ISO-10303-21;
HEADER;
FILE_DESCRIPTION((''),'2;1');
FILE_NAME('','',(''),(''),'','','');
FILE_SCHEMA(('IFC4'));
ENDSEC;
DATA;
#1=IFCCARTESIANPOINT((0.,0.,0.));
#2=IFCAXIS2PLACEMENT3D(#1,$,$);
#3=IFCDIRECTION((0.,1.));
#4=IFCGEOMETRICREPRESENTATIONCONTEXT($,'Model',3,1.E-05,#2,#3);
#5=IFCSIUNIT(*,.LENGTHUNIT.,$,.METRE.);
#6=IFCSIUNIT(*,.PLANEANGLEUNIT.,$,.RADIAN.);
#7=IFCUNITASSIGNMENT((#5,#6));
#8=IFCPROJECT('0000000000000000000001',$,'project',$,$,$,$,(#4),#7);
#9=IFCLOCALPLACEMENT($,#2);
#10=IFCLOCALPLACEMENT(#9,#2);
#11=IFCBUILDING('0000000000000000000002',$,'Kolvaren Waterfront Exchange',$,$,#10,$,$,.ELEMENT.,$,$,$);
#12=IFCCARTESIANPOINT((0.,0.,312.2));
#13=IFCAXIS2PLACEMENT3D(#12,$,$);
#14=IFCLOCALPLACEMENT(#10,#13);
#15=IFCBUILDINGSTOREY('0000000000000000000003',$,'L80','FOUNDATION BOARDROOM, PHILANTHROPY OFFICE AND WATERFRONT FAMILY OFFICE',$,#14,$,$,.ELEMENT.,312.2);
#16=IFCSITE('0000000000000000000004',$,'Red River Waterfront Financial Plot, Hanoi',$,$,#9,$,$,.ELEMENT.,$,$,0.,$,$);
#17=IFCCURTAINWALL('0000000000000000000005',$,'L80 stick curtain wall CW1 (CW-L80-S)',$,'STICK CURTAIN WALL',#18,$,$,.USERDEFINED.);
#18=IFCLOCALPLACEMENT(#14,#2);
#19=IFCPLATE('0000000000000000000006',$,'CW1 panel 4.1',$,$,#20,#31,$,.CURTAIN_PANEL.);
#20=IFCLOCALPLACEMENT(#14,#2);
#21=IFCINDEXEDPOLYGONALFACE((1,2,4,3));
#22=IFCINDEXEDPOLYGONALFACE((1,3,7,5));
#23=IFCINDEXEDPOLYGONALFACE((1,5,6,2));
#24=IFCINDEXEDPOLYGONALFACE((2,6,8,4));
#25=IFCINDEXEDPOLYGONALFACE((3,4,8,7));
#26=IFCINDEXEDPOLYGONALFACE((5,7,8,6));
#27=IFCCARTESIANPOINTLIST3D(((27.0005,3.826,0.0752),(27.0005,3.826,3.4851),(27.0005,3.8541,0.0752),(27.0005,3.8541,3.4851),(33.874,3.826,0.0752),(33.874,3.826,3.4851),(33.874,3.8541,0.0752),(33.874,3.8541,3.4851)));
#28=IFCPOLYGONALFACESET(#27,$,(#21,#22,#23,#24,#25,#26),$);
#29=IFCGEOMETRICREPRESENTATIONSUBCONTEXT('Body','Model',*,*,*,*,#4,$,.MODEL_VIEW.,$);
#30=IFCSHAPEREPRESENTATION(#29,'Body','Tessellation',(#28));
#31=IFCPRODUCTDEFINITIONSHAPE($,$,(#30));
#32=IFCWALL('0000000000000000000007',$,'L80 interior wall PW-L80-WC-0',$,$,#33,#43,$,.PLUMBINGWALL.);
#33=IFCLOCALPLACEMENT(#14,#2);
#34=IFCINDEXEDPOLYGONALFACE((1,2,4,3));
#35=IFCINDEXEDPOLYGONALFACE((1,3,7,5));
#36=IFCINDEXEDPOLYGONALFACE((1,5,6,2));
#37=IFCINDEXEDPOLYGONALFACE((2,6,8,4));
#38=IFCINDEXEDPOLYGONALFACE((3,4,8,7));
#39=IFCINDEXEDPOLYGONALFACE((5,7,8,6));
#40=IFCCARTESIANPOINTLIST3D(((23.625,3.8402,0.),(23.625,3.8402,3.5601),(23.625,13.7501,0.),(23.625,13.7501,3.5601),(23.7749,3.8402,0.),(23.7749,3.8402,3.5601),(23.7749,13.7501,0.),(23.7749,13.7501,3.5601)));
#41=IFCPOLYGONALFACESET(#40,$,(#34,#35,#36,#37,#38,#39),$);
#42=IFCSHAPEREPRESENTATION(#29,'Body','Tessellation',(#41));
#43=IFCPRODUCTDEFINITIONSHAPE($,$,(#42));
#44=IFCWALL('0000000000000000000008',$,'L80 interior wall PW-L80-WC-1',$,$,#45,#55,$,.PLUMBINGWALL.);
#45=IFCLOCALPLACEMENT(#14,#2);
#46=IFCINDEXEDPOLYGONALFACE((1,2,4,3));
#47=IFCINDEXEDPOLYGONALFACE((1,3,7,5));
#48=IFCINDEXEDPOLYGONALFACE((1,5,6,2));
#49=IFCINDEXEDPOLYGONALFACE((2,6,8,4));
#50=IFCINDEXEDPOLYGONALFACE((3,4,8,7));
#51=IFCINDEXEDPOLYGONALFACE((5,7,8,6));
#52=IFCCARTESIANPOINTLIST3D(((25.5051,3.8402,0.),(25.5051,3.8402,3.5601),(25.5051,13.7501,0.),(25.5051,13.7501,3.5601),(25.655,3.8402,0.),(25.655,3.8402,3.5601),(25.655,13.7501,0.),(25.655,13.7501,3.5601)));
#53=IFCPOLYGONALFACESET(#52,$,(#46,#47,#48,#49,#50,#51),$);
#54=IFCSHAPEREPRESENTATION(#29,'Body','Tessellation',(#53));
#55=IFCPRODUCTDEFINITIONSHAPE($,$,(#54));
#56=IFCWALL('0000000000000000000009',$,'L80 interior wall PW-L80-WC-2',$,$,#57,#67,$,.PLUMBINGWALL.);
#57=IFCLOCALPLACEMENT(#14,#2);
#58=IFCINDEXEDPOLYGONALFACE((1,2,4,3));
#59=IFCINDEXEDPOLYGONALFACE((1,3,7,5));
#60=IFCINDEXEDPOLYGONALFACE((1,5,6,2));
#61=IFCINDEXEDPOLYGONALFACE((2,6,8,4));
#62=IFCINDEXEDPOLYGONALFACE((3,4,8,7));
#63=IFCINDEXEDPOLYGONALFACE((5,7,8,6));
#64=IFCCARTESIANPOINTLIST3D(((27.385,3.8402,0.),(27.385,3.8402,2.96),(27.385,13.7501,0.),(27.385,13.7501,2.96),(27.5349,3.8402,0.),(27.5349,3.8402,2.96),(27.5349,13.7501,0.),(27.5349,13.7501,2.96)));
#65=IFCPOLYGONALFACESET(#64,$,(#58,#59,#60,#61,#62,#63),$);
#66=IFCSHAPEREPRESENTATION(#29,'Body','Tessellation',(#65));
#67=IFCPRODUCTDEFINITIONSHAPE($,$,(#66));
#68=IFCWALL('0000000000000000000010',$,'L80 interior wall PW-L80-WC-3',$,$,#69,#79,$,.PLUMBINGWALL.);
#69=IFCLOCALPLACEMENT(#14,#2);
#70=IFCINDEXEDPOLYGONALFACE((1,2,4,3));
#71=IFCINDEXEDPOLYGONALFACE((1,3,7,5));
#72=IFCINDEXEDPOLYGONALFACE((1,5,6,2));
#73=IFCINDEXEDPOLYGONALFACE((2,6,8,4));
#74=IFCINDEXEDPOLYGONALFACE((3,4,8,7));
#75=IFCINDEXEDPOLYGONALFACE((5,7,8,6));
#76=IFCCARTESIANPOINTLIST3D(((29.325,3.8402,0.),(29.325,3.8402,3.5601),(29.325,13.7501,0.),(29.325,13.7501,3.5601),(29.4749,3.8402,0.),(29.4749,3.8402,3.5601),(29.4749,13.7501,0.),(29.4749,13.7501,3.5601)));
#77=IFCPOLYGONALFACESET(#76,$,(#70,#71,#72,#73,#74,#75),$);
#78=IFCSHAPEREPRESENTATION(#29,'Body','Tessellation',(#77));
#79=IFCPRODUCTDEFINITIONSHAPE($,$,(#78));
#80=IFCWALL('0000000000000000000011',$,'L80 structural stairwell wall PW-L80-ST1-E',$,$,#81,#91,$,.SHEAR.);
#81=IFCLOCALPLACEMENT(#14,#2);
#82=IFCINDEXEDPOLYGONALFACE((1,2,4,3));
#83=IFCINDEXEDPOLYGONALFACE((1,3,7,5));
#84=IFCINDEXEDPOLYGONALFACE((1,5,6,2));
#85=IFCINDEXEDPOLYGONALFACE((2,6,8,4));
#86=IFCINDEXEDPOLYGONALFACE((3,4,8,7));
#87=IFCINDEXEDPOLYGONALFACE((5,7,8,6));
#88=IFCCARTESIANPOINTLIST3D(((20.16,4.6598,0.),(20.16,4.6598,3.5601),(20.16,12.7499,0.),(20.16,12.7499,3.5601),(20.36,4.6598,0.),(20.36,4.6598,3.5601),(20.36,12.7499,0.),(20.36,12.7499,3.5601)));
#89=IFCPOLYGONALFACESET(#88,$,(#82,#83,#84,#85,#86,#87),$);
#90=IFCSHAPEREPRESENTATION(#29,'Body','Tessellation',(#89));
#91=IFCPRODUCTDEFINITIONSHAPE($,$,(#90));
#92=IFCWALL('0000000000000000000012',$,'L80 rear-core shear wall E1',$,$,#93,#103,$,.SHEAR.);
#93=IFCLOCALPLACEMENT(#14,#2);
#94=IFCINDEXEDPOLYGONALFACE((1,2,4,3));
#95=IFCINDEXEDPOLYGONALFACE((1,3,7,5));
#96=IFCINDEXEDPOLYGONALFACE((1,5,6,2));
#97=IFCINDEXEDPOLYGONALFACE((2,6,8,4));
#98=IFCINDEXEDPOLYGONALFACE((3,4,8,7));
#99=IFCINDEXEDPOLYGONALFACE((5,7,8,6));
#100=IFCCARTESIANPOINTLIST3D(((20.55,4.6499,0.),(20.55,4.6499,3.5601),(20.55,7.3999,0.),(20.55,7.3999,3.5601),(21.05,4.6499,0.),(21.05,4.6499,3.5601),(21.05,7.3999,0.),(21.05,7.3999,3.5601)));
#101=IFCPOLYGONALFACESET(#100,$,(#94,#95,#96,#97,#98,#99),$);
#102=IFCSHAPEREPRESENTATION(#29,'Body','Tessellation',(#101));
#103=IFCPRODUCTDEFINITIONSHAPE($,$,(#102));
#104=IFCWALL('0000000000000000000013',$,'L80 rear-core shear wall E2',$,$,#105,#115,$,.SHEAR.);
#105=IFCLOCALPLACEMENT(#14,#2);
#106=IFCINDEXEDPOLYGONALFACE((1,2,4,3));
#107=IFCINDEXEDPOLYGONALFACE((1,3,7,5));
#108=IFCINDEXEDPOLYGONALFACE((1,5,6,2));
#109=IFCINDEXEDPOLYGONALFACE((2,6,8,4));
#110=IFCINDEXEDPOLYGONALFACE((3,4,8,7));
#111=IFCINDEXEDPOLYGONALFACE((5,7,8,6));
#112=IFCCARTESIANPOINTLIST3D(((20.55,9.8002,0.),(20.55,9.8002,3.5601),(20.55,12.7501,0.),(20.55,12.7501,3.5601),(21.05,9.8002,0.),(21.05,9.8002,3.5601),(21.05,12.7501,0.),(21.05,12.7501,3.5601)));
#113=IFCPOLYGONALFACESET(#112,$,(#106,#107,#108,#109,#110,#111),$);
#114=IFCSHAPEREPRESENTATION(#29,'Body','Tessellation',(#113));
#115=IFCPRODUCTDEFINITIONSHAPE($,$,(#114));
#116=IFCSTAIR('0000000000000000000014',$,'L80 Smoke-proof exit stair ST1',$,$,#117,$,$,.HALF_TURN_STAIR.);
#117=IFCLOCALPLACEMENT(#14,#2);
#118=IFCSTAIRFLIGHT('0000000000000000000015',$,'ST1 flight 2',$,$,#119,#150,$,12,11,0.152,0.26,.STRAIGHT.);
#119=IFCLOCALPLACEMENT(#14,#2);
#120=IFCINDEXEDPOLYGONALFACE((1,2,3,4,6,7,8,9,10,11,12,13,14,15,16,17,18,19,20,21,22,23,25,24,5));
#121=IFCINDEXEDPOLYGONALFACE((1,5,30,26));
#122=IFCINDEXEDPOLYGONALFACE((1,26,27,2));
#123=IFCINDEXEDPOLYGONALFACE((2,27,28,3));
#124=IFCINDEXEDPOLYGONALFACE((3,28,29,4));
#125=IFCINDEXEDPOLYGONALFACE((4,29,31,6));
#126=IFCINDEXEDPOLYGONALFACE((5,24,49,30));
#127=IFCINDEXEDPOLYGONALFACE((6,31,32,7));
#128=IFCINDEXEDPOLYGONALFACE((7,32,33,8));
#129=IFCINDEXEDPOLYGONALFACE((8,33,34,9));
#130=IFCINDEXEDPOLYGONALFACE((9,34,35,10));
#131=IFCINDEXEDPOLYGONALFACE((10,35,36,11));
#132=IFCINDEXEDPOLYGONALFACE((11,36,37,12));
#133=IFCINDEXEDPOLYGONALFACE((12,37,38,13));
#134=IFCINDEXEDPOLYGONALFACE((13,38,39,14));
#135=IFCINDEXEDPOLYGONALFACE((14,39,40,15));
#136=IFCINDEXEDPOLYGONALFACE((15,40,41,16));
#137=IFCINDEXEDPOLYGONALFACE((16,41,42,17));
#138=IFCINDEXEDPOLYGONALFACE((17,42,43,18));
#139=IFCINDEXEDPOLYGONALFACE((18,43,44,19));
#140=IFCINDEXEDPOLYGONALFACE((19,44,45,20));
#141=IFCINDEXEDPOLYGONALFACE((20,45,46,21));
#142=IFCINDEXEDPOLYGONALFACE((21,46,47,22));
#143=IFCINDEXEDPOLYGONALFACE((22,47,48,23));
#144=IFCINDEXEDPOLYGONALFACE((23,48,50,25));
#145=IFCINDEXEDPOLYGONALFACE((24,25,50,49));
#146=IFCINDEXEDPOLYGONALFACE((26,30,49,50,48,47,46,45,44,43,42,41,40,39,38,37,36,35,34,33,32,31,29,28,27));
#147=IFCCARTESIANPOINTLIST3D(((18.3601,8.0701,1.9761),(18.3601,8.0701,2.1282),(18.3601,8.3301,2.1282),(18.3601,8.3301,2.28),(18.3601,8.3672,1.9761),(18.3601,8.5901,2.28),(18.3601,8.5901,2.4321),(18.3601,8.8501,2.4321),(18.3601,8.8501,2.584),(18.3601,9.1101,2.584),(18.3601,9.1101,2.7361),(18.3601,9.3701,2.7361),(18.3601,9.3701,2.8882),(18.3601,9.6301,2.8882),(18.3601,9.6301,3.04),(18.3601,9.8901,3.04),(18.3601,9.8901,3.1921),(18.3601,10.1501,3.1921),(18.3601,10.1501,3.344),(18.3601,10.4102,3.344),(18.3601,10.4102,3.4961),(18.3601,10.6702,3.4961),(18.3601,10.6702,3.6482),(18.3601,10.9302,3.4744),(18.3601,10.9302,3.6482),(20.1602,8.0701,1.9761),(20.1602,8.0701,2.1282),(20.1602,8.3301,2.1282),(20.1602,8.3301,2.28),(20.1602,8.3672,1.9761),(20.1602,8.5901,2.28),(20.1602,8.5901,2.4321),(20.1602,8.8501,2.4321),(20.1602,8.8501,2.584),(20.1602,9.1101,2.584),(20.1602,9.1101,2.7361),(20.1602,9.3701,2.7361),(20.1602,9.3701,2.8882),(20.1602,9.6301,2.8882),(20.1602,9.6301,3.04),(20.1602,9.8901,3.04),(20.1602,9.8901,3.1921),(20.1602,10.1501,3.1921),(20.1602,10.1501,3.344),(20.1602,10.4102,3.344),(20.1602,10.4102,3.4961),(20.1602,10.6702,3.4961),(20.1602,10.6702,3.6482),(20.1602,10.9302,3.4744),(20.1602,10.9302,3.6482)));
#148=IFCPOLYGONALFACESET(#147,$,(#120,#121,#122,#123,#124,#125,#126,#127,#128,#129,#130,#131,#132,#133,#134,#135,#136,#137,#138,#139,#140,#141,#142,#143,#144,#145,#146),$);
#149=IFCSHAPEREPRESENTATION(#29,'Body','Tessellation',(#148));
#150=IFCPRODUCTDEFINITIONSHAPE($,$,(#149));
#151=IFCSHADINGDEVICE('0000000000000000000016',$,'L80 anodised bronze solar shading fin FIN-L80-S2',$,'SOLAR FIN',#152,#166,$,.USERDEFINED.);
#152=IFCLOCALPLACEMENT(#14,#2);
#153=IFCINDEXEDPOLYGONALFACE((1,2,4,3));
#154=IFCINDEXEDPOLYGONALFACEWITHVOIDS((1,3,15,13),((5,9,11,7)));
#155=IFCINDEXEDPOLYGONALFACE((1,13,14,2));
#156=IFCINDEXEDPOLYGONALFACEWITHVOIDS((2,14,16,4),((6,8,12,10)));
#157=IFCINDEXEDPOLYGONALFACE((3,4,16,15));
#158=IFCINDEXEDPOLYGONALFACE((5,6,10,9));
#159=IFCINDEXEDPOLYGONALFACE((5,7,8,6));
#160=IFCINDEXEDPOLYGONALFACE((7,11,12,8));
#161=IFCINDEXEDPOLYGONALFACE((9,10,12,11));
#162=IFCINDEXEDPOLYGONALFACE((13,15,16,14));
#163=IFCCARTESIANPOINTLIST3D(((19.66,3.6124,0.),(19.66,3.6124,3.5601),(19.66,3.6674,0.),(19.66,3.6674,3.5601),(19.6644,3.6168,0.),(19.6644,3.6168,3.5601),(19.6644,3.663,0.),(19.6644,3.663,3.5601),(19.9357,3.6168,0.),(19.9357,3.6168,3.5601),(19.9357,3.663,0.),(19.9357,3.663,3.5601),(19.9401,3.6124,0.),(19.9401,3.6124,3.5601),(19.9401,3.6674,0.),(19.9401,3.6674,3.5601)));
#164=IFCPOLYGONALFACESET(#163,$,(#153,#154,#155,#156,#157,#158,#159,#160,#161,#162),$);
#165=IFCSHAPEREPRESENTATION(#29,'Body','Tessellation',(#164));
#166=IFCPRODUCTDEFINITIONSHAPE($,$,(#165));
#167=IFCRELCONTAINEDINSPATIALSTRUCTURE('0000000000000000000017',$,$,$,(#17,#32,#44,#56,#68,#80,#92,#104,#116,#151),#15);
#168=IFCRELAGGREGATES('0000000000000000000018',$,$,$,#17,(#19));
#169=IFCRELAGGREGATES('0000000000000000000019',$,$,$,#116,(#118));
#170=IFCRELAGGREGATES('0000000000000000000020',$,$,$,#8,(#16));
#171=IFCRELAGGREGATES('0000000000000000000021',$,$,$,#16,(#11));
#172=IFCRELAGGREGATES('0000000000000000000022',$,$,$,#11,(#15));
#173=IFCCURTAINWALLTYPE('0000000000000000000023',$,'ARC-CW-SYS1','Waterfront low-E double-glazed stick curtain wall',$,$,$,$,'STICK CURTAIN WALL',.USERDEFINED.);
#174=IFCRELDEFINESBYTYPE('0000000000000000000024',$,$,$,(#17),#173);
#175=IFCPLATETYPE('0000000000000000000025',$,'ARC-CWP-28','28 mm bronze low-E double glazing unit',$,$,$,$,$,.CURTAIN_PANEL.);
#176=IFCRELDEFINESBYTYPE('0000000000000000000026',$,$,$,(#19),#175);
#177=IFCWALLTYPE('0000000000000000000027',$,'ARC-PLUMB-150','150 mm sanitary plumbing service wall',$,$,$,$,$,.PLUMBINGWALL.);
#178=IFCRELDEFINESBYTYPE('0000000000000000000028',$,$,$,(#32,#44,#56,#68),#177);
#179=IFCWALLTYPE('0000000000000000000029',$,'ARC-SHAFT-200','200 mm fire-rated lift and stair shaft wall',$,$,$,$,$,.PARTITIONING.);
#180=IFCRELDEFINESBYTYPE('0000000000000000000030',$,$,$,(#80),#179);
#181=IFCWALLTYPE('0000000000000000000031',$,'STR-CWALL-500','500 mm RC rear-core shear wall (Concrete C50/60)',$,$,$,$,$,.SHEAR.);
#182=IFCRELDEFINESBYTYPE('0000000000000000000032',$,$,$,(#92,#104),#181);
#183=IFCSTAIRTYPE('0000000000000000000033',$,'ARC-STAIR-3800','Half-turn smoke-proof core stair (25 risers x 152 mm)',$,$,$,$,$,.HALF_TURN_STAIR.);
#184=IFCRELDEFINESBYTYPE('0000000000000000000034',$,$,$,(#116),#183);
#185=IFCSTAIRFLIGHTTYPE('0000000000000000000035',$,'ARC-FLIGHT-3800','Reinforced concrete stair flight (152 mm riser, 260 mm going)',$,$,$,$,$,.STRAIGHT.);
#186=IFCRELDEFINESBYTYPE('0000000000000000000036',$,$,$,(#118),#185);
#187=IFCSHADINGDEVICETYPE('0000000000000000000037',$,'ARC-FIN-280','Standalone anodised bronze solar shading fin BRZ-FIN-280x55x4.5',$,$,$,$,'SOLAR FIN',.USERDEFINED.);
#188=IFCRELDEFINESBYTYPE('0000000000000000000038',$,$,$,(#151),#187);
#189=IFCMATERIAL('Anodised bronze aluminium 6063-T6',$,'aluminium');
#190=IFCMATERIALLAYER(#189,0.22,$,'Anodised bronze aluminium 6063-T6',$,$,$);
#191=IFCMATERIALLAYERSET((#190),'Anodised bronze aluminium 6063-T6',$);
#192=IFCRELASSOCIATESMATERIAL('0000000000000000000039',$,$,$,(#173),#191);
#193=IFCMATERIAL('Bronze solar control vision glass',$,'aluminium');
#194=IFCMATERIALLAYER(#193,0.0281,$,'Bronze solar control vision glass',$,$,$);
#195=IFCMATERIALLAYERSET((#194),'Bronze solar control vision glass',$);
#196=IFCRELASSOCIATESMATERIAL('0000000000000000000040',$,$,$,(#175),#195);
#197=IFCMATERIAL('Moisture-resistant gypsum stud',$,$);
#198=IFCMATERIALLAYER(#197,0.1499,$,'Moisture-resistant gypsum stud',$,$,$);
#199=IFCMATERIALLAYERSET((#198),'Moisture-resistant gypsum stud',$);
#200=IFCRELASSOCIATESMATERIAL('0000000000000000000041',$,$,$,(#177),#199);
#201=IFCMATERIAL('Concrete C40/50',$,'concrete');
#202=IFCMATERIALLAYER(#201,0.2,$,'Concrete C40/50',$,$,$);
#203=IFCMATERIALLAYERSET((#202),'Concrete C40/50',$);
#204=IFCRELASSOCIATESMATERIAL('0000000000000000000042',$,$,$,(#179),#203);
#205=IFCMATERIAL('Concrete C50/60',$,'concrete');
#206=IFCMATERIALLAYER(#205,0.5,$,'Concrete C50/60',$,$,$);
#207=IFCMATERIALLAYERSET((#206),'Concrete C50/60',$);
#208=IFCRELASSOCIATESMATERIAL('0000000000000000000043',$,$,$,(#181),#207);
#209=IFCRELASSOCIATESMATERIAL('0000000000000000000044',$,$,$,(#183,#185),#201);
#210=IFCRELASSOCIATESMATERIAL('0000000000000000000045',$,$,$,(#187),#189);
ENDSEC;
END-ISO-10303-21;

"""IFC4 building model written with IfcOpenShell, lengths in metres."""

from ifc_helpers import new_model, si_unit, direction, frame, frame_2d, origin, origin_with_axes, origin_2d, place, context, subcontext, project, spatial, polyline, rectangle, hollow_rectangle, outline, extrude, source, transform, mapped, material, layer, layer_set, material_profile, profile_set, type_object, element, aggregate, save


model = new_model("IFC4")

# Units and contexts
model_context = context("Model", 3, precision=1e-05, world=origin(), true_north=direction((0.0, 1.0)))
body_context = subcontext(model_context, "Body", "Model", "MODEL_VIEW")
ifc_project = project(units=[si_unit("LENGTHUNIT", "METRE"), si_unit("PLANEANGLEUNIT", "RADIAN")], contexts=[model_context])

# Site, building, storey
site_placement = place(None, origin())
site = spatial("IfcSite", under=ifc_project, at=site_placement, Name="Red River Waterfront Financial Plot, Hanoi", CompositionType="ELEMENT", RefElevation=0.0)
building_placement = place(site_placement, origin())
building = spatial("IfcBuilding", under=site, at=building_placement, Name="Kolvaren Waterfront Exchange", CompositionType="ELEMENT")
storey_placement = place(building_placement, frame((0.0, 0.0, 312.2)))
storey = spatial("IfcBuildingStorey", under=building, at=storey_placement, Name="L80", Description="FOUNDATION BOARDROOM, PHILANTHROPY OFFICE AND WATERFRONT FAMILY OFFICE", CompositionType="ELEMENT", Elevation=312.2)

# Shared definitions
ifc_material_1 = material(Name="Concrete C50/60", Category="concrete")

# Shared definitions
ifc_material_2 = material(Name="Anodised bronze aluminium 6063-T6", Category="aluminium")

# Curtain wall
ifc_layer_1 = layer(ifc_material_2, 0.22, Name="Anodised bronze aluminium 6063-T6")
ifc_layer_set_1 = layer_set([ifc_layer_1], Name="Anodised bronze aluminium 6063-T6")
curtain_wall_type_1 = type_object("IfcCurtainWallType", Name="ARC-CW-SYS1", Description="Waterfront low-E double-glazed stick curtain wall", ElementType="STICK CURTAIN WALL", PredefinedType="USERDEFINED", material=ifc_layer_set_1)
curtain_wall_1_placement = place(storey_placement, origin())
curtain_wall_1 = element("IfcCurtainWall", 1, at=curtain_wall_1_placement, inside=storey, type_object=curtain_wall_type_1, Name="L80 stick curtain wall CW1 (CW-L80-S)", ObjectType="STICK CURTAIN WALL", PredefinedType="USERDEFINED")

# Plate
ifc_material_3 = material(Name="Bronze solar control vision glass", Category="aluminium")
ifc_layer_2 = layer(ifc_material_3, 0.0281, Name="Bronze solar control vision glass")
ifc_layer_set_2 = layer_set([ifc_layer_2], Name="Bronze solar control vision glass")
plate_type_1 = type_object("IfcPlateType", Name="ARC-CWP-28", Description="28 mm bronze low-E double glazing unit", PredefinedType="CURTAIN_PANEL", material=ifc_layer_set_2)
shared_shape_1 = source(origin_with_axes(), body_context, "Body", "SweptSolid", [
    extrude(rectangle(XDim=6.8735, YDim=0.0281, at=origin_2d()), origin(), (0.0, 0.0, 1.0), 3.4099),
])
plate_1_placement = place(storey_placement, frame((30.4373, 3.8401, 0.0752), z_axis=(0.0, 0.0, 1.0), x_axis=(1.0, 0.0, 0.0)))
plate_1 = element("IfcPlate", 2, at=plate_1_placement, type_object=plate_type_1, Name="CW1 panel 4.1", PredefinedType="CURTAIN_PANEL", context=body_context, shape_type="MappedRepresentation", body=[
    mapped(shared_shape_1, transform((0.0, 0.0, 0.0), x_axis=(1.0, 0.0, 0.0), y_axis=(0.0, 1.0, 0.0), z_axis=(0.0, 0.0, 1.0), scale=1.0)),
])
aggregate(curtain_wall_1, [plate_1])

# Walls
ifc_material_4 = material(Name="Moisture-resistant gypsum stud")
ifc_layer_3 = layer(ifc_material_4, 0.1499, Name="Moisture-resistant gypsum stud")
ifc_layer_set_3 = layer_set([ifc_layer_3], Name="Moisture-resistant gypsum stud")
wall_type_1 = type_object("IfcWallType", Name="ARC-PLUMB-150", Description="150 mm sanitary plumbing service wall", PredefinedType="PLUMBINGWALL", material=ifc_layer_set_3)
for number, where, z_axis, x_axis, name in (
    (3, (23.7, 3.8401, 0.0), (0.0, 0.0, 1.0), (0.0, 1.0, 0.0), "L80 interior wall PW-L80-WC-0"),
    (4, (25.5801, 3.8401, 0.0), (0.0, 0.0, 1.0), (0.0, 1.0, 0.0), "L80 interior wall PW-L80-WC-1"),
):
    element("IfcWall", number, at=place(storey_placement, frame(where, z_axis=z_axis, x_axis=x_axis)), inside=storey, type_object=wall_type_1, Name=name, PredefinedType="PLUMBINGWALL", context=body_context, shape_type="SweptSolid", body=[
        extrude(rectangle(XDim=9.9099, YDim=0.1499, at=frame_2d((4.9551, 0.0))), origin(), (0.0, 0.0, 1.0), 3.5601),
    ])
wall_1_placement = place(storey_placement, frame((27.46, 3.8401, 0.0), z_axis=(0.0, 0.0, 1.0), x_axis=(0.0, 1.0, 0.0)))
element("IfcWall", 5, at=wall_1_placement, inside=storey, type_object=wall_type_1, Name="L80 interior wall PW-L80-WC-2", PredefinedType="PLUMBINGWALL", context=body_context, shape_type="SweptSolid", body=[
    extrude(rectangle(XDim=9.9099, YDim=0.1499, at=frame_2d((4.9551, 0.0))), origin(), (0.0, 0.0, 1.0), 2.96),
])
wall_2_placement = place(storey_placement, frame((29.3999, 3.8401, 0.0), z_axis=(0.0, 0.0, 1.0), x_axis=(0.0, 1.0, 0.0)))
element("IfcWall", 6, at=wall_2_placement, inside=storey, type_object=wall_type_1, Name="L80 interior wall PW-L80-WC-3", PredefinedType="PLUMBINGWALL", context=body_context, shape_type="SweptSolid", body=[
    extrude(rectangle(XDim=9.9099, YDim=0.1499, at=frame_2d((4.9551, 0.0))), origin(), (0.0, 0.0, 1.0), 3.5601),
])
ifc_material_5 = material(Name="Concrete C40/50", Category="concrete")
ifc_layer_4 = layer(ifc_material_5, 0.2, Name="Concrete C40/50")
ifc_layer_set_4 = layer_set([ifc_layer_4], Name="Concrete C40/50")
wall_type_2 = type_object("IfcWallType", Name="ARC-SHAFT-200", Description="200 mm fire-rated lift and stair shaft wall", PredefinedType="PARTITIONING", material=ifc_layer_set_4)
wall_3_placement = place(storey_placement, frame((20.26, 4.6599, 0.0), z_axis=(0.0, 0.0, 1.0), x_axis=(0.0, 1.0, 0.0)))
element("IfcWall", 7, at=wall_3_placement, inside=storey, type_object=wall_type_2, Name="L80 structural stairwell wall PW-L80-ST1-E", PredefinedType="SHEAR", context=body_context, shape_type="SweptSolid", body=[
    extrude(rectangle(XDim=8.0901, YDim=0.2, at=frame_2d((4.0449, 0.0))), origin(), (0.0, 0.0, 1.0), 3.5601),
])
ifc_layer_5 = layer(ifc_material_1, 0.5, Name="Concrete C50/60")
ifc_layer_set_5 = layer_set([ifc_layer_5], Name="Concrete C50/60")
wall_type_3 = type_object("IfcWallType", Name="STR-CWALL-500", Description="500 mm RC rear-core shear wall (Concrete C50/60)", PredefinedType="SHEAR", material=ifc_layer_set_5)
wall_4_placement = place(storey_placement, frame((20.8, 4.6499, 0.0), z_axis=(0.0, 0.0, 1.0), x_axis=(0.0, 1.0, 0.0)))
element("IfcWall", 8, at=wall_4_placement, inside=storey, type_object=wall_type_3, Name="L80 rear-core shear wall E1", PredefinedType="SHEAR", context=body_context, shape_type="SweptSolid", body=[
    extrude(rectangle(XDim=2.75, YDim=0.5, at=frame_2d((1.375, 0.0))), origin(), (0.0, 0.0, 1.0), 3.5601),
])
wall_5_placement = place(storey_placement, frame((20.8, 9.8, 0.0), z_axis=(0.0, 0.0, 1.0), x_axis=(0.0, 1.0, 0.0)))
element("IfcWall", 9, at=wall_5_placement, inside=storey, type_object=wall_type_3, Name="L80 rear-core shear wall E2", PredefinedType="SHEAR", context=body_context, shape_type="SweptSolid", body=[
    extrude(rectangle(XDim=2.95, YDim=0.5, at=frame_2d((1.4751, 0.0))), origin(), (0.0, 0.0, 1.0), 3.5601),
])

# Stair, stair flight
stair_type = type_object("IfcStairType", Name="ARC-STAIR-3800", Description="Half-turn smoke-proof core stair (25 risers x 152 mm)", PredefinedType="HALF_TURN_STAIR", material=ifc_material_5)
stair_placement = place(storey_placement, origin())
stair = element("IfcStair", 10, at=stair_placement, inside=storey, type_object=stair_type, Name="L80 Smoke-proof exit stair ST1", PredefinedType="HALF_TURN_STAIR")
stair_flight_type = type_object("IfcStairFlightType", Name="ARC-FLIGHT-3800", Description="Reinforced concrete stair flight (152 mm riser, 260 mm going)", PredefinedType="STRAIGHT", material=ifc_material_5)
stair_flight_placement = place(storey_placement, frame((19.26, 8.0701, 1.9761), z_axis=(0.0, 0.0, 1.0), x_axis=(0.0, 1.0, 0.0)))
stair_flight = element("IfcStairFlight", 11, at=stair_flight_placement, type_object=stair_flight_type, Name="ST1 flight 2", NumberOfRisers=12, NumberOfTreads=11, PredefinedType="STRAIGHT", RiserHeight=0.152, TreadLength=0.26, context=body_context, shape_type="SweptSolid", body=[
    extrude(outline(polyline([(0.0, 0.0), (0.0, 0.1521), (0.26, 0.1521), (0.26, 0.304), (0.52, 0.304), (0.52, 0.4561), (0.78, 0.4561), (0.78, 0.6079), (1.04, 0.6079), (1.04, 0.76), (1.3, 0.76), (1.3, 0.9121), (1.5601, 0.9121), (1.5601, 1.064), (1.8201, 1.064), (1.8201, 1.2161), (2.0801, 1.2161), (2.0801, 1.3679), (2.3401, 1.3679), (2.3401, 1.52), (2.6001, 1.52), (2.6001, 1.6721), (2.8601, 1.6721), (2.8601, 1.824), (2.8601, 1.4983), (0.2971, 0.0), (0.0, 0.0)])), frame((0.0, 0.8999, 0.0), z_axis=(0.0, -1.0, 0.0), x_axis=(1.0, 0.0, 0.0)), (0.0, 0.0, 1.0), 1.8),
])
aggregate(stair, [stair_flight])

# Shading device
ifc_material_profile_1 = material_profile(ifc_material_2, hollow_rectangle(XDim=0.0549, YDim=0.28, WallThickness=0.0044, at=origin_2d()), Name="BRZ-FIN-280x55x4.5")
ifc_profile_set_1 = profile_set([ifc_material_profile_1], Name="Anodised bronze aluminium 6063-T6")
shading_device_type = type_object("IfcShadingDeviceType", Name="ARC-FIN-280", Description="Standalone anodised bronze solar shading fin BRZ-FIN-280x55x4.5", ElementType="SOLAR FIN", PredefinedType="USERDEFINED", material=ifc_profile_set_1)
shading_device_placement = place(storey_placement, frame((19.8, 3.6399, 0.0), z_axis=(0.0, 0.0, 1.0), x_axis=(0.0, -1.0, 0.0)))
element("IfcShadingDevice", 12, at=shading_device_placement, inside=storey, type_object=shading_device_type, Name="L80 anodised bronze solar shading fin FIN-L80-S2", ObjectType="SOLAR FIN", PredefinedType="USERDEFINED", context=body_context, shape_type="SweptSolid", body=[
    extrude(hollow_rectangle(XDim=0.0549, YDim=0.28, WallThickness=0.0044, at=origin_2d()), origin(), (0.0, 0.0, 1.0), 3.5601),
])

save(model, "model.ifc")
